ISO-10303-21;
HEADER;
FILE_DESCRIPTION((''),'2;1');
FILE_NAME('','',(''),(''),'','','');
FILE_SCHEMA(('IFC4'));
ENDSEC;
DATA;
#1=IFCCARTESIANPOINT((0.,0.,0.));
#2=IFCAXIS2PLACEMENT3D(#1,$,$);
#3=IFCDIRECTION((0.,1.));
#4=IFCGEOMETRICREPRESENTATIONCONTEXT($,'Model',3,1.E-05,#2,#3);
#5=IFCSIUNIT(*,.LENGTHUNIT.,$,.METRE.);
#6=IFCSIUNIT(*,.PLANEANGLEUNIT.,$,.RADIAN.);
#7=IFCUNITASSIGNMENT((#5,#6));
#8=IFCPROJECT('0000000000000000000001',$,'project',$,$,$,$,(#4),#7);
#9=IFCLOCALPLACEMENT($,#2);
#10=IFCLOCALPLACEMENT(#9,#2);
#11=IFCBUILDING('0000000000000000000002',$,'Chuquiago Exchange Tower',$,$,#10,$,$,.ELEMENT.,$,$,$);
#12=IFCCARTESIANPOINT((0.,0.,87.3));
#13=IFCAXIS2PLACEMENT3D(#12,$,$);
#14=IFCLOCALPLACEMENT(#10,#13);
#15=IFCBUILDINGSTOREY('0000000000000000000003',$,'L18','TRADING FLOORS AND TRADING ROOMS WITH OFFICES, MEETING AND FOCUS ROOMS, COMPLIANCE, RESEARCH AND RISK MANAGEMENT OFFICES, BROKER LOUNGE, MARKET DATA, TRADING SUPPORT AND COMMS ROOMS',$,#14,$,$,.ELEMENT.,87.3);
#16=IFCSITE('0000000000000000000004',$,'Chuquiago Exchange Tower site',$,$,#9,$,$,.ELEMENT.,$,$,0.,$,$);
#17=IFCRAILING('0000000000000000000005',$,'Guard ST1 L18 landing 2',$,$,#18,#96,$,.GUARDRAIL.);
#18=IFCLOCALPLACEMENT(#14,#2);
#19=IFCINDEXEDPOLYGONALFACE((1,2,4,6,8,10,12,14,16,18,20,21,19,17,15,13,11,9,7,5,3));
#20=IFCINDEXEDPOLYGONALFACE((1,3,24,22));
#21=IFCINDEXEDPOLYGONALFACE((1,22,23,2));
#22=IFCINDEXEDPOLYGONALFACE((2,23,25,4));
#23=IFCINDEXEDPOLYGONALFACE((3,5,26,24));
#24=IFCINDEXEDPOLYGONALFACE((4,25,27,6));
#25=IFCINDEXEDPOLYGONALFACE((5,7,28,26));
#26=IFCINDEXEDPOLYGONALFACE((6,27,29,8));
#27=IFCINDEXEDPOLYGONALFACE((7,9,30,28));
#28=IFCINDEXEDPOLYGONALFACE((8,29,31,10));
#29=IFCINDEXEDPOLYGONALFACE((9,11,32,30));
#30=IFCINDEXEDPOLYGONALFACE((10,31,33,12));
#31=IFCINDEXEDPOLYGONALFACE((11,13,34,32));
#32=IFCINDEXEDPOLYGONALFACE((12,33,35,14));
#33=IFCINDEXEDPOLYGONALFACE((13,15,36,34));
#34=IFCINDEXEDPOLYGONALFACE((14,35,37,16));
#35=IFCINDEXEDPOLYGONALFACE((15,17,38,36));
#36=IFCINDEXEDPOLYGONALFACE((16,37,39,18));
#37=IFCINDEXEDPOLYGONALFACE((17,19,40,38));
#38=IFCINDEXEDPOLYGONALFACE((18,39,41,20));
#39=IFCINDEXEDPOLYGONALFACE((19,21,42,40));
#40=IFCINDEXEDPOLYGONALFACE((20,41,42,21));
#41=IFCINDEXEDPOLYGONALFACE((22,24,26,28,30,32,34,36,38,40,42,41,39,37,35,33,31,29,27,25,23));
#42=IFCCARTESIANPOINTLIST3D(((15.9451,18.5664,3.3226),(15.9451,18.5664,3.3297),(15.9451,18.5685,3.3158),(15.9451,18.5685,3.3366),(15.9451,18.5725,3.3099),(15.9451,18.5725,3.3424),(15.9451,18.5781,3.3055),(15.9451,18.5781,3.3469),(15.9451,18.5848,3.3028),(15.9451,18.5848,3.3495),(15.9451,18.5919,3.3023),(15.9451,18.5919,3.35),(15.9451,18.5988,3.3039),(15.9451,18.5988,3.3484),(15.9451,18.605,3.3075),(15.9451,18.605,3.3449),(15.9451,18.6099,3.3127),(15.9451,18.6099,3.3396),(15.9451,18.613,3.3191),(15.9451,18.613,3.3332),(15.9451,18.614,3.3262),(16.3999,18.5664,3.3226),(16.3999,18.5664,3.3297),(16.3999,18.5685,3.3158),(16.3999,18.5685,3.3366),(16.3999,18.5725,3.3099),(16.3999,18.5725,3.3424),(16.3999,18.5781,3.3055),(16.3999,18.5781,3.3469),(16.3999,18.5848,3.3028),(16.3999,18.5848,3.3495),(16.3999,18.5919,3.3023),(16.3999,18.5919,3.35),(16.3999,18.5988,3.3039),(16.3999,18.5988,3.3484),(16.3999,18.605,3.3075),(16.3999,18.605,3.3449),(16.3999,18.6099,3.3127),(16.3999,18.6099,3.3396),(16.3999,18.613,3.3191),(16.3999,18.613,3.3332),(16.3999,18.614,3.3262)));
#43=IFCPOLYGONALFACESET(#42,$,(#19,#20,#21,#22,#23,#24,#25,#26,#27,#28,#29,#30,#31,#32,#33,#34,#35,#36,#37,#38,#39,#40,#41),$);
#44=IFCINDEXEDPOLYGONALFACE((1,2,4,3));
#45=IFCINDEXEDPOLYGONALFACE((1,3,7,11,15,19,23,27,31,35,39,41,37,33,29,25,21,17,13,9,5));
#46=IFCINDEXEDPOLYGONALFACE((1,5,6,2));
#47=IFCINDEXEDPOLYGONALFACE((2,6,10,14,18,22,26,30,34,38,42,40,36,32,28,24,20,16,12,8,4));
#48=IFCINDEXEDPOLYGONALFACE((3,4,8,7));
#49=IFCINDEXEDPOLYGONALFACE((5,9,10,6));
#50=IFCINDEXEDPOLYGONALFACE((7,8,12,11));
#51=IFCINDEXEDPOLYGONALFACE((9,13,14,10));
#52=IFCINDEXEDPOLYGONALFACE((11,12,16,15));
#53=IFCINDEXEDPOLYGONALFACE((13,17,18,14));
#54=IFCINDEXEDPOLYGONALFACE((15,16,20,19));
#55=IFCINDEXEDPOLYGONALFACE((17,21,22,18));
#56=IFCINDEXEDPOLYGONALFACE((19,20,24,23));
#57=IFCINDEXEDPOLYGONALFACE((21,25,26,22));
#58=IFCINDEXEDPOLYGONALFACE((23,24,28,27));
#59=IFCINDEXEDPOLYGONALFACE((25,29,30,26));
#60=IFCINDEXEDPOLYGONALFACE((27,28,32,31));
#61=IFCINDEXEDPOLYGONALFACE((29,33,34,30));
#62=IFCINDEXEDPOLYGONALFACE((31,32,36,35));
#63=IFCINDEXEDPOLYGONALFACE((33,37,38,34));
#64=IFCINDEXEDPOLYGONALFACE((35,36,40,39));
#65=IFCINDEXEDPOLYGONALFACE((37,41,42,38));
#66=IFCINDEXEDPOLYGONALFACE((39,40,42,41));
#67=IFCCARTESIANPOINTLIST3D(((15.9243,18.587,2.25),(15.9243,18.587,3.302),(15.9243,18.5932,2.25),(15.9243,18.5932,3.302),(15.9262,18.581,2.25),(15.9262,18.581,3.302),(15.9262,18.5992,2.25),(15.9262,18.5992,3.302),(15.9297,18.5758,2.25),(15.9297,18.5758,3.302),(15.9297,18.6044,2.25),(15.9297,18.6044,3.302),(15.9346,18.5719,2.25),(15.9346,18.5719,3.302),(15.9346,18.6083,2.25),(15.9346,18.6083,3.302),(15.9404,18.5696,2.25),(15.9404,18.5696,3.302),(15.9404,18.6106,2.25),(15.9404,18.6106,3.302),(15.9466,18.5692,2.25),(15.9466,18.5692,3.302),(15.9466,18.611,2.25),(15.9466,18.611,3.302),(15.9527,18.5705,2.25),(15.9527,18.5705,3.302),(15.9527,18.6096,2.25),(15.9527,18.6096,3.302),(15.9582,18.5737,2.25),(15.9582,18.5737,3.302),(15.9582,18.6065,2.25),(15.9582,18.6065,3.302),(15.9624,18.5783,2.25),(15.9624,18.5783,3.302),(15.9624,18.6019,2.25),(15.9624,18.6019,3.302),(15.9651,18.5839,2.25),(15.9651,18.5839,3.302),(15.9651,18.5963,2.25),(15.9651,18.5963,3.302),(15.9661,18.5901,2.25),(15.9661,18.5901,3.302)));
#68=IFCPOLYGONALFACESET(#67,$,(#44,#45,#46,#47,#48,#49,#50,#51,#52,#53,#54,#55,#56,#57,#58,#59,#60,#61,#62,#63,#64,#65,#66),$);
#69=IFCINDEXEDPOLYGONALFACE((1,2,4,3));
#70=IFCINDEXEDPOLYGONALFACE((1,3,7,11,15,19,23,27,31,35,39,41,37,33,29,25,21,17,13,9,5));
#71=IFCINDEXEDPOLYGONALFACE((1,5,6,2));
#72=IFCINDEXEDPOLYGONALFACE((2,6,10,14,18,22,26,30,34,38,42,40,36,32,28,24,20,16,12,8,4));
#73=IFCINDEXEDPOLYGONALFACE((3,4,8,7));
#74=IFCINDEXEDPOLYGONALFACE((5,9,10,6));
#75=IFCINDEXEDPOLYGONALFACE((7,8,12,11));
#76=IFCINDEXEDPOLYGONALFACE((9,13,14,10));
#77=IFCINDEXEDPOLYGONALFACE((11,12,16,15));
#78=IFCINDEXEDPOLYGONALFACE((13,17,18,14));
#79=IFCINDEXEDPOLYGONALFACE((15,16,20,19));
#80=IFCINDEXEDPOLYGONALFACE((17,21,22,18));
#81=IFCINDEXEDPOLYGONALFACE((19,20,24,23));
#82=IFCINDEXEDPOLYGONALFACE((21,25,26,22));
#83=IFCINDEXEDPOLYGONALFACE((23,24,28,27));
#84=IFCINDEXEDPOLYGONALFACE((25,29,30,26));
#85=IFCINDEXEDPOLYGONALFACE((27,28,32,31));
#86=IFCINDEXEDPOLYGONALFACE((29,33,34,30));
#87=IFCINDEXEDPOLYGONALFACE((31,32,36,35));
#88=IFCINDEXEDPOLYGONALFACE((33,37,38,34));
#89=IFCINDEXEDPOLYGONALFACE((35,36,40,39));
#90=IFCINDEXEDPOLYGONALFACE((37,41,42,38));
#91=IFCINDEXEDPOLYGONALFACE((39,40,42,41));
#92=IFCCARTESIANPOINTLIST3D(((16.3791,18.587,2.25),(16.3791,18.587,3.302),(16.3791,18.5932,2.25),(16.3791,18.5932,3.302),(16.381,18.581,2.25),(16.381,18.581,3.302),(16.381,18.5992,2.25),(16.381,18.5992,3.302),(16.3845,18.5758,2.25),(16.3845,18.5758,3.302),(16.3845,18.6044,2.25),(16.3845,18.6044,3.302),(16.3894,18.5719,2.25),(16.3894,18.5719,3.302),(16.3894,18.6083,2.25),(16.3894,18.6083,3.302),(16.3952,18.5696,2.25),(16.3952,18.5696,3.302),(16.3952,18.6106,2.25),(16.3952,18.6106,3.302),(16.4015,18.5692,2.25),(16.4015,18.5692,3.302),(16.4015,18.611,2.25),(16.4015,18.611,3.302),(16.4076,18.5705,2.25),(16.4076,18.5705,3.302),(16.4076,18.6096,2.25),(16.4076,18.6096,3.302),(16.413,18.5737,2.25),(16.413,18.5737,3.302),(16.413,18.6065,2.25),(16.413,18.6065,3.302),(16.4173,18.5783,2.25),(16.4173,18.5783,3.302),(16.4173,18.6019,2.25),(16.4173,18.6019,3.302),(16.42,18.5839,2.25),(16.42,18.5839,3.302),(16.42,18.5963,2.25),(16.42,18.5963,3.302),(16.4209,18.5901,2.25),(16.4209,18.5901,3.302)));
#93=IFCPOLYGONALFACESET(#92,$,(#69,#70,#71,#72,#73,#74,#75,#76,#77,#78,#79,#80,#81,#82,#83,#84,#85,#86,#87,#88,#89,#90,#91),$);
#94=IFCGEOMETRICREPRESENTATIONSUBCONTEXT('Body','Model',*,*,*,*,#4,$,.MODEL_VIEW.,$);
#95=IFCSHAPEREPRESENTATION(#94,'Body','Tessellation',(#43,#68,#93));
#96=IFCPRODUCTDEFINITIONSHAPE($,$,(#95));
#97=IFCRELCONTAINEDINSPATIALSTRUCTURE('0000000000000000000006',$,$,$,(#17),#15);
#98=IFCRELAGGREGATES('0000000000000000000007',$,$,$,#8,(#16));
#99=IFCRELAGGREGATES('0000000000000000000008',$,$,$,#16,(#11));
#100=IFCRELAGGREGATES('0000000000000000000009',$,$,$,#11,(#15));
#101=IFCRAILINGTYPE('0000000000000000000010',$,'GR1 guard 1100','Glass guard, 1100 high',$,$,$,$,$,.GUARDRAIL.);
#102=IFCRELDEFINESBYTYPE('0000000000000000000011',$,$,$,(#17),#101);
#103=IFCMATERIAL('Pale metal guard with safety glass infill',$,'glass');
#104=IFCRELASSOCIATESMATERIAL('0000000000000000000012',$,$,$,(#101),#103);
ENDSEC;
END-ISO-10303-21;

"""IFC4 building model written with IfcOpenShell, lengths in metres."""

from ifc_helpers import new_model, si_unit, direction, frame, origin, origin_2d, place, context, subcontext, project, spatial, circle, extrude, material, type_object, element, save


model = new_model("IFC4")

# Units and contexts
model_context = context("Model", 3, precision=1e-05, world=origin(), true_north=direction((0.0, 1.0)))
body_context = subcontext(model_context, "Body", "Model", "MODEL_VIEW")
ifc_project = project(units=[si_unit("LENGTHUNIT", "METRE"), si_unit("PLANEANGLEUNIT", "RADIAN")], contexts=[model_context])

# Site, building, storey
site_placement = place(None, origin())
site = spatial("IfcSite", under=ifc_project, at=site_placement, Name="Chuquiago Exchange Tower site", CompositionType="ELEMENT", RefElevation=0.0)
building_placement = place(site_placement, origin())
building = spatial("IfcBuilding", under=site, at=building_placement, Name="Chuquiago Exchange Tower", CompositionType="ELEMENT")
storey_placement = place(building_placement, frame((0.0, 0.0, 87.3)))
storey = spatial("IfcBuildingStorey", under=building, at=storey_placement, Name="L18", Description="TRADING FLOORS AND TRADING ROOMS WITH OFFICES, MEETING AND FOCUS ROOMS, COMPLIANCE, RESEARCH AND RISK MANAGEMENT OFFICES, BROKER LOUNGE, MARKET DATA, TRADING SUPPORT AND COMMS ROOMS", CompositionType="ELEMENT", Elevation=87.3)

# Railing
ifc_material_1 = material(Name="Pale metal guard with safety glass infill", Category="glass")
railing_type_1 = type_object("IfcRailingType", Name="GR1 guard 1100", Description="Glass guard, 1100 high", PredefinedType="GUARDRAIL", material=ifc_material_1)
for number, where, name in (
    (1, (15.9451, 18.5901, 2.25), "Guard ST1 L18 landing 2"),
):
    element("IfcRailing", number, at=place(storey_placement, frame(where)), inside=storey, type_object=railing_type_1, Name=name, PredefinedType="GUARDRAIL", context=body_context, shape_type="SweptSolid", body=[
        extrude(circle(Radius=0.0239, at=origin_2d()), frame((0.0, 0.0, 1.0762), z_axis=(1.0, 0.0, 0.0), x_axis=(0.0, 1.0, 0.0)), (0.0, 0.0, 1.0), 0.4548),
        extrude(circle(Radius=0.021, at=origin_2d()), origin(), (0.0, 0.0, 1.0), 1.052),
        extrude(circle(Radius=0.021, at=origin_2d()), frame((0.4548, 0.0, 0.0)), (0.0, 0.0, 1.0), 1.052),
    ])

save(model, "model.ifc")
